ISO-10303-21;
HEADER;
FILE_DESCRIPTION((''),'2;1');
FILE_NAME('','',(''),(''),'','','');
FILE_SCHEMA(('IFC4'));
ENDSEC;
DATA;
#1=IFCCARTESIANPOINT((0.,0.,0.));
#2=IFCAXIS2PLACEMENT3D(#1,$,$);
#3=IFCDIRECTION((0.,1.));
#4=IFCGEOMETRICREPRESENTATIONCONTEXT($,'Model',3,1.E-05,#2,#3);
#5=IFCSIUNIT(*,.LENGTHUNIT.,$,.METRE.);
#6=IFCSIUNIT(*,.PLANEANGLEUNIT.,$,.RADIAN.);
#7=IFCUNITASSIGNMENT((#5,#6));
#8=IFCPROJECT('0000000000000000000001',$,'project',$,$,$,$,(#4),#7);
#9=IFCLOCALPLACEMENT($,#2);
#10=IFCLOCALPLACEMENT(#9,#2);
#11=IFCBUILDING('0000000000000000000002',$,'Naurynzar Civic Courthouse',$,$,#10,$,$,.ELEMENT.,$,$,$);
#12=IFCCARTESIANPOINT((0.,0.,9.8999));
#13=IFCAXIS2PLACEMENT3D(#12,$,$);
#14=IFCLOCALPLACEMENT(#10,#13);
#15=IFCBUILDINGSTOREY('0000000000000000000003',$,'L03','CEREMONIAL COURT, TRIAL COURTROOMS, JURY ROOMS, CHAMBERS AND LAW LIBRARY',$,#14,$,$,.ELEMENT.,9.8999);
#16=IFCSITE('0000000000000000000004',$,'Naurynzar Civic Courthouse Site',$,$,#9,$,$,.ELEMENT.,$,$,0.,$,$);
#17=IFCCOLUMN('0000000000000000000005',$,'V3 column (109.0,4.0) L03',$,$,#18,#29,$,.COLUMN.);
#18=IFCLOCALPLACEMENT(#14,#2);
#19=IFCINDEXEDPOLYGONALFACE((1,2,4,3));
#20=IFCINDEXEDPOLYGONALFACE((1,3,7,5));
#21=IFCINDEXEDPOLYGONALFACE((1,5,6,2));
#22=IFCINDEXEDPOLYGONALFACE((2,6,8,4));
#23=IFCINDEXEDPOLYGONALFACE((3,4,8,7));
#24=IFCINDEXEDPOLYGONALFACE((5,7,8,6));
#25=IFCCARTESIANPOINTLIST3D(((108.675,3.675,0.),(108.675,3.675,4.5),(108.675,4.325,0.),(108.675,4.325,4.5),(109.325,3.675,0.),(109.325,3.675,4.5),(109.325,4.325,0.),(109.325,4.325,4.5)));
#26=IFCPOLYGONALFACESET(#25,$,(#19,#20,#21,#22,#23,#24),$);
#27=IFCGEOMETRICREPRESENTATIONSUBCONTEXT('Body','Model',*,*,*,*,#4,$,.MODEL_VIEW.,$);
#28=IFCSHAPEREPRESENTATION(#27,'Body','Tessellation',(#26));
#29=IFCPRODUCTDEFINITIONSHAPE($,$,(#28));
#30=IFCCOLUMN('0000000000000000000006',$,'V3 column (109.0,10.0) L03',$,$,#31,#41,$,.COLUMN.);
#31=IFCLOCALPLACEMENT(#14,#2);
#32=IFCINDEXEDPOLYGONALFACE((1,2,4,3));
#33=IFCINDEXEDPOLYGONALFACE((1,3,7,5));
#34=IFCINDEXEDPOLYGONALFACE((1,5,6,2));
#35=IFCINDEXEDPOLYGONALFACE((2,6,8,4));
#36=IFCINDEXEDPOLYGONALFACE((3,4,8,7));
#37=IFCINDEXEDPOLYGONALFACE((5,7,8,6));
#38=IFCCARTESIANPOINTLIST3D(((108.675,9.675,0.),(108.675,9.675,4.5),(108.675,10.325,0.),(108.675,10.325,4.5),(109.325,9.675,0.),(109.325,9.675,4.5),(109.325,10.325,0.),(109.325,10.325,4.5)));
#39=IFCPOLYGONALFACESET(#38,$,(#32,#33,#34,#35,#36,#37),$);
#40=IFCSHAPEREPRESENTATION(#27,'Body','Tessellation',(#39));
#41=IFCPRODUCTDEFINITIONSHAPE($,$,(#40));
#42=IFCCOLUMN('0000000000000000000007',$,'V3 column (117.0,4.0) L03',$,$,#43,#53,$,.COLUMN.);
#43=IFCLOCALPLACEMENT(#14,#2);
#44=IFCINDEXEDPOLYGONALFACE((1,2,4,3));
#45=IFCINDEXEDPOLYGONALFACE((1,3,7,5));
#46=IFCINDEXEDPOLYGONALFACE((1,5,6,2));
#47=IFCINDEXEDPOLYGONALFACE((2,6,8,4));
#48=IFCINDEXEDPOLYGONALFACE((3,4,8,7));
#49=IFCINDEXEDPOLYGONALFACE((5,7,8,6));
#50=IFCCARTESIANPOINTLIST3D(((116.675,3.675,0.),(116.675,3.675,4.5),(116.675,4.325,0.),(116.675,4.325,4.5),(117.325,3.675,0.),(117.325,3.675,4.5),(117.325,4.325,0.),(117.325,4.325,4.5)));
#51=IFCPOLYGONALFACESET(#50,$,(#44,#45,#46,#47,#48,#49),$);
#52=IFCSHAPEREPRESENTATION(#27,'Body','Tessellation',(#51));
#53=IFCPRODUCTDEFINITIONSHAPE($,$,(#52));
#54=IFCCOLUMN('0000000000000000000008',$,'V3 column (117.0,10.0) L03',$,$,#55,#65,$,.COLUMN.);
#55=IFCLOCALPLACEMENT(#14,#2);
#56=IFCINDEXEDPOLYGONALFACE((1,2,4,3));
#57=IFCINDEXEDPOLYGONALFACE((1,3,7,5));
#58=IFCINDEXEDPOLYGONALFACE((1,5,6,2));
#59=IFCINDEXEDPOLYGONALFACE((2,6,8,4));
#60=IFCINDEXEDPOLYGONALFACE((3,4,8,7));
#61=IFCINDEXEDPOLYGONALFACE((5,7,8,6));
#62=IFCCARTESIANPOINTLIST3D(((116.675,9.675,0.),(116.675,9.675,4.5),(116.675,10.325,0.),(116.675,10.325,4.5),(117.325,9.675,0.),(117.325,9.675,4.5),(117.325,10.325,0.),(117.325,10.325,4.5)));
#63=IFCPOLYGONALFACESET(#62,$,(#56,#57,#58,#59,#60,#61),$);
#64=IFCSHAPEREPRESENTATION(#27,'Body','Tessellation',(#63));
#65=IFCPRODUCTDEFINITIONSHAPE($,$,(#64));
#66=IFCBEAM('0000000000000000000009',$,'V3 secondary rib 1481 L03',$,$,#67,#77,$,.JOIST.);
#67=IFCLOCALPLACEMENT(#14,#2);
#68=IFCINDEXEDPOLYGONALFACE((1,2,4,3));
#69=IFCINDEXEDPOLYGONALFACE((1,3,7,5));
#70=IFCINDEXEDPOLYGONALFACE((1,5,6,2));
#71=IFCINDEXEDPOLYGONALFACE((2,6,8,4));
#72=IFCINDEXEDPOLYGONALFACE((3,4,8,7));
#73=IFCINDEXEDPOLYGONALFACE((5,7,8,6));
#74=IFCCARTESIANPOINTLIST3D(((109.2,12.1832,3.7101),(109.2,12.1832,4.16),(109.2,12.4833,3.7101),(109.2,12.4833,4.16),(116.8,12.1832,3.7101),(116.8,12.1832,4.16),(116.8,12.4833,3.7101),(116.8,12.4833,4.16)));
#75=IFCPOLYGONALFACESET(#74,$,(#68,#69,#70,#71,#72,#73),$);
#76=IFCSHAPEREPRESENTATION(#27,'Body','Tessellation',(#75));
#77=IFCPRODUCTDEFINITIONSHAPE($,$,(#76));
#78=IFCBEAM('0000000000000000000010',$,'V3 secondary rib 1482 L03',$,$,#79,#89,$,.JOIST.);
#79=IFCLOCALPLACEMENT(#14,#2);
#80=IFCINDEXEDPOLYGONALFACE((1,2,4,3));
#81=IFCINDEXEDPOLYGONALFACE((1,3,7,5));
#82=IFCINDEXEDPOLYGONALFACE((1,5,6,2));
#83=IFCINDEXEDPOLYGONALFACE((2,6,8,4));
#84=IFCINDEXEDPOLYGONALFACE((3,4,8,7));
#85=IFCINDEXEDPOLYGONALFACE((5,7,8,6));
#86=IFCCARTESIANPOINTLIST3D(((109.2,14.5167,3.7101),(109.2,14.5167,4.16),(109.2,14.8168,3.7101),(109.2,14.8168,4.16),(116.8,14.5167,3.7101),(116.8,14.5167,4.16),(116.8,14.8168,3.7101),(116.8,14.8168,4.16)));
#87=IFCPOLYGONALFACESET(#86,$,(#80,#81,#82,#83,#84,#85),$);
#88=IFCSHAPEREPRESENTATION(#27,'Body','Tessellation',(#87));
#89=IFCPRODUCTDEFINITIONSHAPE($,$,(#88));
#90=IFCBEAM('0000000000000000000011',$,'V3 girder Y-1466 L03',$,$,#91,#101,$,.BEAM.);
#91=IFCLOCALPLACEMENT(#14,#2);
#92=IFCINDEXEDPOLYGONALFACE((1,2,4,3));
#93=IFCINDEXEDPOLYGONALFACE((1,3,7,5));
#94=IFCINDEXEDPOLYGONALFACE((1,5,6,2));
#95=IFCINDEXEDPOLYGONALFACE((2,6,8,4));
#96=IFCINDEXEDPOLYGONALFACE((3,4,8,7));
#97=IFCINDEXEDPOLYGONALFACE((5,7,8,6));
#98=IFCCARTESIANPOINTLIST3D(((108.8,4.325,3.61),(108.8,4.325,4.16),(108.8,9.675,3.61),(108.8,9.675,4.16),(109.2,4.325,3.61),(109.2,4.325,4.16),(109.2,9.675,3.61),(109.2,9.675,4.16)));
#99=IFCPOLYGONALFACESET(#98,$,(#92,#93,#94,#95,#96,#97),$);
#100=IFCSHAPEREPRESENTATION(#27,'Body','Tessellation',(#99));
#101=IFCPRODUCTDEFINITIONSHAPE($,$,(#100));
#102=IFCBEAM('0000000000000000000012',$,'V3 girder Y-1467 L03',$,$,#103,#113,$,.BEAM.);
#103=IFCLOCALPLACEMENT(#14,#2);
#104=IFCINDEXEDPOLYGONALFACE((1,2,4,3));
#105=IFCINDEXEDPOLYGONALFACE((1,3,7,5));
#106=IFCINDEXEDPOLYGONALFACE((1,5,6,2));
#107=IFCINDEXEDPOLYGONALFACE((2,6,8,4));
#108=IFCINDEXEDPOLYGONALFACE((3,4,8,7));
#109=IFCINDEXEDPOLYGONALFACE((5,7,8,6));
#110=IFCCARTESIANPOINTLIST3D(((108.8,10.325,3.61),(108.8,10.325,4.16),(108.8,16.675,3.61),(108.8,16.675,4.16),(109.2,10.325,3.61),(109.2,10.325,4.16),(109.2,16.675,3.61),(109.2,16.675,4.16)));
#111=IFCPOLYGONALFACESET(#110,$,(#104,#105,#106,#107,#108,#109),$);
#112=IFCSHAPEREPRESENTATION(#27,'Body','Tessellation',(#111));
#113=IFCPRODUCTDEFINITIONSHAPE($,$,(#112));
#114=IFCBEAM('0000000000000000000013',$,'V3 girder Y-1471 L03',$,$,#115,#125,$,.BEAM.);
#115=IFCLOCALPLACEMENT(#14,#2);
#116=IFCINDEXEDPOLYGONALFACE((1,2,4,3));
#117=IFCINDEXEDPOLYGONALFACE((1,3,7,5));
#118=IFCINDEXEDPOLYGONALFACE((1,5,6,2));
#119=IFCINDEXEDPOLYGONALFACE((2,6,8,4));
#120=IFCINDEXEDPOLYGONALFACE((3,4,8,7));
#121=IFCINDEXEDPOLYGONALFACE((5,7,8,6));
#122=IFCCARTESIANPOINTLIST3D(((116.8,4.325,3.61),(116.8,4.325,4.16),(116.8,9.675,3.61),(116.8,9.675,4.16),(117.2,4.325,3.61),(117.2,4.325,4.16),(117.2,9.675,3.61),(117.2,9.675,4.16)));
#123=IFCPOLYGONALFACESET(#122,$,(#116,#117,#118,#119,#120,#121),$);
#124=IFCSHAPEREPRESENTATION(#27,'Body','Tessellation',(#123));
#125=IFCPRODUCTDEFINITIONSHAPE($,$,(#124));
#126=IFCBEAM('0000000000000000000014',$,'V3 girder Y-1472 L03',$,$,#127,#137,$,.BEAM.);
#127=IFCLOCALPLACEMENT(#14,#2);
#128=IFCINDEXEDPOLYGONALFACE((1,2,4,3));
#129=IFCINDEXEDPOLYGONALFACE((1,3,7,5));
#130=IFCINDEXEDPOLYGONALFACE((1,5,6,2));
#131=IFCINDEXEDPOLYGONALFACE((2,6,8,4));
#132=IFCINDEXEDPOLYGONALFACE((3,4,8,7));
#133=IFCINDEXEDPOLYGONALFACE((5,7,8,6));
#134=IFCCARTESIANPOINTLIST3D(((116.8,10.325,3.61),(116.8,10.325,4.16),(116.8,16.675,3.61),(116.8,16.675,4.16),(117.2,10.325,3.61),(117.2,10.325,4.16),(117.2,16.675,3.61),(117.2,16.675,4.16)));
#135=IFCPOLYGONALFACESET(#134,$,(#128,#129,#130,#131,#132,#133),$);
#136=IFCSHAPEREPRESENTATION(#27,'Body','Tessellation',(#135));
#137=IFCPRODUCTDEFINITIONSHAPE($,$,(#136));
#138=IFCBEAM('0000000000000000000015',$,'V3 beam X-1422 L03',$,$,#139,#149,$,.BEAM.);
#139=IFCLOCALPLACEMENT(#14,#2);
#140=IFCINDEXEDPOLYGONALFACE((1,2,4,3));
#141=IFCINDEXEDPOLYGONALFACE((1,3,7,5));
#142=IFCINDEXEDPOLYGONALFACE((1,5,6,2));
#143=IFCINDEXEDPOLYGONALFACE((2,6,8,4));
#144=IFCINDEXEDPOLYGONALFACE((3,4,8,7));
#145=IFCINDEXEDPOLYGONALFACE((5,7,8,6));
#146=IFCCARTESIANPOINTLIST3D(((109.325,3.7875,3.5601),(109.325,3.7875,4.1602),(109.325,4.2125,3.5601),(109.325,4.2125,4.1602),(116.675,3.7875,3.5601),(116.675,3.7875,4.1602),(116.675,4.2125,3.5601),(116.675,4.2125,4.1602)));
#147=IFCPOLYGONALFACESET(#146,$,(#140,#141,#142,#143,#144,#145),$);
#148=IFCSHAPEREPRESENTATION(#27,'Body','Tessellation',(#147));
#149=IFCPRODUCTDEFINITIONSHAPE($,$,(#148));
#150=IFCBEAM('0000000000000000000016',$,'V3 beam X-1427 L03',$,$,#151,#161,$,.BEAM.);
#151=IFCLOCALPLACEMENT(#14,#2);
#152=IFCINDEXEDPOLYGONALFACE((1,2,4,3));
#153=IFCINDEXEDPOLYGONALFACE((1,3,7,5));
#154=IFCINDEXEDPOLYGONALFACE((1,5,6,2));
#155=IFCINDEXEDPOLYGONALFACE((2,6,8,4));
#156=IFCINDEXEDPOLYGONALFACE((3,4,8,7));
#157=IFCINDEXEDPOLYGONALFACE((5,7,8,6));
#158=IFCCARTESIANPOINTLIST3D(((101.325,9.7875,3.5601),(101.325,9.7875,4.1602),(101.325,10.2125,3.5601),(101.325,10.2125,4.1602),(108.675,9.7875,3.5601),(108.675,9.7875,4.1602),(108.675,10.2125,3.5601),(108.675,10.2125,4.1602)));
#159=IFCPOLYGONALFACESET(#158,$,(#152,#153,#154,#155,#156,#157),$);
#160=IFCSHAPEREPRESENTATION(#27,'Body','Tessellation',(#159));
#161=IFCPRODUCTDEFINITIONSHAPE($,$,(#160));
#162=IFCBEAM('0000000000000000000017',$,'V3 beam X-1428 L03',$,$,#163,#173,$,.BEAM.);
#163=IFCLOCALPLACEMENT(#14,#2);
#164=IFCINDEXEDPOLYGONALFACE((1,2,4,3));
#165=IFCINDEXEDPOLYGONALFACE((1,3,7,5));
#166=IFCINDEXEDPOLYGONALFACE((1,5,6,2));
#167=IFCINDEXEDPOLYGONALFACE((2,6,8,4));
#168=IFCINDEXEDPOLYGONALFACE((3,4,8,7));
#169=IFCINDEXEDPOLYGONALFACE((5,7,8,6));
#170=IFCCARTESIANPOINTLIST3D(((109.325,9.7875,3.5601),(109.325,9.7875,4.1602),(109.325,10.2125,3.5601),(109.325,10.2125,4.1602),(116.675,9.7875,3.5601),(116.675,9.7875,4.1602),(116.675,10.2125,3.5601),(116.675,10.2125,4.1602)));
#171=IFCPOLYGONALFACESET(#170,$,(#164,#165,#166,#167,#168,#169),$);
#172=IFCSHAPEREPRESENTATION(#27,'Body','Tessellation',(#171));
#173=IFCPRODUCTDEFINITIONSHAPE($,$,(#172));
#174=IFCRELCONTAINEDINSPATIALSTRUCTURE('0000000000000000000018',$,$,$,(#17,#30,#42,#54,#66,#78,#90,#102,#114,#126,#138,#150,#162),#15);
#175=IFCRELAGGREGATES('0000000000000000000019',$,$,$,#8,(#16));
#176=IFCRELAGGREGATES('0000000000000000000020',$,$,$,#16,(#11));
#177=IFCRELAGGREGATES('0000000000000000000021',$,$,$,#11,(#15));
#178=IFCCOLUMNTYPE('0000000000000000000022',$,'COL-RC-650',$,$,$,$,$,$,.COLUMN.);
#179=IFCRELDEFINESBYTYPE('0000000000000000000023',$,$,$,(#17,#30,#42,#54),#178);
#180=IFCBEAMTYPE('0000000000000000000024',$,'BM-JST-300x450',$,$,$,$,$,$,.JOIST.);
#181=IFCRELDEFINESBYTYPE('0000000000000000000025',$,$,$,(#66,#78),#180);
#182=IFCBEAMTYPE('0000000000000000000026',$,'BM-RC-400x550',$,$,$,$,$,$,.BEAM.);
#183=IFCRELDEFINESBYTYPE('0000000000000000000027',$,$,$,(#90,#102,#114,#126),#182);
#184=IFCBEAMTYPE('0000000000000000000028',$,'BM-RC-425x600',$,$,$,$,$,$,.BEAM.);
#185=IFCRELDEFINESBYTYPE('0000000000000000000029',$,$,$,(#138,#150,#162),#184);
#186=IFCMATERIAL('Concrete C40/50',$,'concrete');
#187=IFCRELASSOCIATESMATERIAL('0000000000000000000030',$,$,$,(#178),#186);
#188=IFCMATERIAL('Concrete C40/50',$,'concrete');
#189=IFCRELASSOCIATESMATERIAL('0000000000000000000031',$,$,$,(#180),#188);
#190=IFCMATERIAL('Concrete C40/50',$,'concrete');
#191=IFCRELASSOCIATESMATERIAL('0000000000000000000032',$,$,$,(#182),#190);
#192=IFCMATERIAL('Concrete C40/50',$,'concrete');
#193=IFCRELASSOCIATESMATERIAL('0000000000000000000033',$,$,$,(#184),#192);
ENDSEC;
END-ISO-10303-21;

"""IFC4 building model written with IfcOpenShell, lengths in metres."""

from ifc_helpers import new_model, si_unit, direction, frame, origin, origin_2d, place, context, subcontext, project, spatial, rectangle, extrude, material, material_profile, profile_set, type_object, element, save


model = new_model("IFC4")

# Units and contexts
model_context = context("Model", 3, precision=1e-05, world=origin(), true_north=direction((0.0, 1.0)))
body_context = subcontext(model_context, "Body", "Model", "MODEL_VIEW")
ifc_project = project(units=[si_unit("LENGTHUNIT", "METRE"), si_unit("PLANEANGLEUNIT", "RADIAN")], contexts=[model_context])

# Site, building, storey
site_placement = place(None, origin())
site = spatial("IfcSite", under=ifc_project, at=site_placement, Name="Naurynzar Civic Courthouse Site", CompositionType="ELEMENT", RefElevation=0.0)
building_placement = place(site_placement, origin())
building = spatial("IfcBuilding", under=site, at=building_placement, Name="Naurynzar Civic Courthouse", CompositionType="ELEMENT")
storey_placement = place(building_placement, frame((0.0, 0.0, 9.8999)))
storey = spatial("IfcBuildingStorey", under=building, at=storey_placement, Name="L03", Description="CEREMONIAL COURT, TRIAL COURTROOMS, JURY ROOMS, CHAMBERS AND LAW LIBRARY", CompositionType="ELEMENT", Elevation=9.8999)

# Columns
ifc_material_1 = material(Name="Concrete C40/50", Category="concrete")
ifc_material_profile_1 = material_profile(ifc_material_1, rectangle(XDim=0.6499, YDim=0.6499, at=origin_2d()), Name="RC 650x650")
ifc_profile_set_1 = profile_set([ifc_material_profile_1], Name="Concrete C40/50")
column_type = type_object("IfcColumnType", Name="COL-RC-650", PredefinedType="COLUMN", material=ifc_profile_set_1)
for number, where, z_axis, x_axis, name in (
    (1, (109.0, 4.0, 0.0), (0.0, 0.0, 1.0), (1.0, 0.0, 0.0), "V3 column (109.0,4.0) L03"),
    (2, (109.0, 10.0, 0.0), (0.0, 0.0, 1.0), (1.0, 0.0, 0.0), "V3 column (109.0,10.0) L03"),
    (3, (117.0, 4.0, 0.0), (0.0, 0.0, 1.0), (1.0, 0.0, 0.0), "V3 column (117.0,4.0) L03"),
    (4, (117.0, 10.0, 0.0), (0.0, 0.0, 1.0), (1.0, 0.0, 0.0), "V3 column (117.0,10.0) L03"),
):
    element("IfcColumn", number, at=place(storey_placement, frame(where, z_axis=z_axis, x_axis=x_axis)), inside=storey, type_object=column_type, Name=name, PredefinedType="COLUMN", context=body_context, shape_type="SweptSolid", body=[
        extrude(rectangle(XDim=0.6499, YDim=0.6499, at=origin_2d()), origin(), (0.0, 0.0, 1.0), 4.5),
    ])

# Beams
ifc_material_2 = material(Name="Concrete C40/50", Category="concrete")
ifc_material_profile_2 = material_profile(ifc_material_2, rectangle(XDim=0.3, YDim=0.45, at=origin_2d()), Name="RCJ 300x450")
ifc_profile_set_2 = profile_set([ifc_material_profile_2], Name="Concrete C40/50")
beam_type_1 = type_object("IfcBeamType", Name="BM-JST-300x450", PredefinedType="JOIST", material=ifc_profile_set_2)
for number, where, z_axis, x_axis, name in (
    (5, (109.2, 12.3333, 3.9351), (1.0, 0.0, 0.0), (0.0, 1.0, 0.0), "V3 secondary rib 1481 L03"),
    (6, (109.2, 14.6667, 3.9351), (1.0, 0.0, 0.0), (0.0, 1.0, 0.0), "V3 secondary rib 1482 L03"),
):
    element("IfcBeam", number, at=place(storey_placement, frame(where, z_axis=z_axis, x_axis=x_axis)), inside=storey, type_object=beam_type_1, Name=name, PredefinedType="JOIST", context=body_context, shape_type="SweptSolid", body=[
        extrude(rectangle(XDim=0.3, YDim=0.45, at=origin_2d()), origin(), (0.0, 0.0, 1.0), 7.6001),
    ])
ifc_material_3 = material(Name="Concrete C40/50", Category="concrete")
ifc_material_profile_3 = material_profile(ifc_material_3, rectangle(XDim=0.3999, YDim=0.55, at=origin_2d()), Name="RCB 400x550")
ifc_profile_set_3 = profile_set([ifc_material_profile_3], Name="Concrete C40/50")
beam_type_2 = type_object("IfcBeamType", Name="BM-RC-400x550", PredefinedType="BEAM", material=ifc_profile_set_3)
beam_1_placement = place(storey_placement, frame((109.0, 4.325, 3.885), z_axis=(0.0, 1.0, 0.0), x_axis=(-1.0, 0.0, 0.0)))
element("IfcBeam", 7, at=beam_1_placement, inside=storey, type_object=beam_type_2, Name="V3 girder Y-1466 L03", PredefinedType="BEAM", context=body_context, shape_type="SweptSolid", body=[
    extrude(rectangle(XDim=0.3999, YDim=0.55, at=origin_2d()), origin(), (0.0, 0.0, 1.0), 5.3501),
])
beam_2_placement = place(storey_placement, frame((109.0, 10.325, 3.885), z_axis=(0.0, 1.0, 0.0), x_axis=(-1.0, 0.0, 0.0)))
element("IfcBeam", 8, at=beam_2_placement, inside=storey, type_object=beam_type_2, Name="V3 girder Y-1467 L03", PredefinedType="BEAM", context=body_context, shape_type="SweptSolid", body=[
    extrude(rectangle(XDim=0.3999, YDim=0.55, at=origin_2d()), origin(), (0.0, 0.0, 1.0), 6.3501),
])
beam_3_placement = place(storey_placement, frame((117.0, 4.325, 3.885), z_axis=(0.0, 1.0, 0.0), x_axis=(-1.0, 0.0, 0.0)))
element("IfcBeam", 9, at=beam_3_placement, inside=storey, type_object=beam_type_2, Name="V3 girder Y-1471 L03", PredefinedType="BEAM", context=body_context, shape_type="SweptSolid", body=[
    extrude(rectangle(XDim=0.3999, YDim=0.55, at=origin_2d()), origin(), (0.0, 0.0, 1.0), 5.3501),
])
beam_4_placement = place(storey_placement, frame((117.0, 10.325, 3.885), z_axis=(0.0, 1.0, 0.0), x_axis=(-1.0, 0.0, 0.0)))
element("IfcBeam", 10, at=beam_4_placement, inside=storey, type_object=beam_type_2, Name="V3 girder Y-1472 L03", PredefinedType="BEAM", context=body_context, shape_type="SweptSolid", body=[
    extrude(rectangle(XDim=0.3999, YDim=0.55, at=origin_2d()), origin(), (0.0, 0.0, 1.0), 6.3501),
])
ifc_material_4 = material(Name="Concrete C40/50", Category="concrete")
ifc_material_profile_4 = material_profile(ifc_material_4, rectangle(XDim=0.425, YDim=0.6001, at=origin_2d()), Name="RCB 425x600")
ifc_profile_set_4 = profile_set([ifc_material_profile_4], Name="Concrete C40/50")
beam_type_3 = type_object("IfcBeamType", Name="BM-RC-425x600", PredefinedType="BEAM", material=ifc_profile_set_4)
for number, where, z_axis, x_axis, name in (
    (11, (109.325, 4.0, 3.8601), (1.0, 0.0, 0.0), (0.0, 1.0, 0.0), "V3 beam X-1422 L03"),
    (12, (101.325, 10.0, 3.8601), (1.0, 0.0, 0.0), (0.0, 1.0, 0.0), "V3 beam X-1427 L03"),
    (13, (109.325, 10.0, 3.8601), (1.0, 0.0, 0.0), (0.0, 1.0, 0.0), "V3 beam X-1428 L03"),
):
    element("IfcBeam", number, at=place(storey_placement, frame(where, z_axis=z_axis, x_axis=x_axis)), inside=storey, type_object=beam_type_3, Name=name, PredefinedType="BEAM", context=body_context, shape_type="SweptSolid", body=[
        extrude(rectangle(XDim=0.425, YDim=0.6001, at=origin_2d()), origin(), (0.0, 0.0, 1.0), 7.3501),
    ])

save(model, "model.ifc")
